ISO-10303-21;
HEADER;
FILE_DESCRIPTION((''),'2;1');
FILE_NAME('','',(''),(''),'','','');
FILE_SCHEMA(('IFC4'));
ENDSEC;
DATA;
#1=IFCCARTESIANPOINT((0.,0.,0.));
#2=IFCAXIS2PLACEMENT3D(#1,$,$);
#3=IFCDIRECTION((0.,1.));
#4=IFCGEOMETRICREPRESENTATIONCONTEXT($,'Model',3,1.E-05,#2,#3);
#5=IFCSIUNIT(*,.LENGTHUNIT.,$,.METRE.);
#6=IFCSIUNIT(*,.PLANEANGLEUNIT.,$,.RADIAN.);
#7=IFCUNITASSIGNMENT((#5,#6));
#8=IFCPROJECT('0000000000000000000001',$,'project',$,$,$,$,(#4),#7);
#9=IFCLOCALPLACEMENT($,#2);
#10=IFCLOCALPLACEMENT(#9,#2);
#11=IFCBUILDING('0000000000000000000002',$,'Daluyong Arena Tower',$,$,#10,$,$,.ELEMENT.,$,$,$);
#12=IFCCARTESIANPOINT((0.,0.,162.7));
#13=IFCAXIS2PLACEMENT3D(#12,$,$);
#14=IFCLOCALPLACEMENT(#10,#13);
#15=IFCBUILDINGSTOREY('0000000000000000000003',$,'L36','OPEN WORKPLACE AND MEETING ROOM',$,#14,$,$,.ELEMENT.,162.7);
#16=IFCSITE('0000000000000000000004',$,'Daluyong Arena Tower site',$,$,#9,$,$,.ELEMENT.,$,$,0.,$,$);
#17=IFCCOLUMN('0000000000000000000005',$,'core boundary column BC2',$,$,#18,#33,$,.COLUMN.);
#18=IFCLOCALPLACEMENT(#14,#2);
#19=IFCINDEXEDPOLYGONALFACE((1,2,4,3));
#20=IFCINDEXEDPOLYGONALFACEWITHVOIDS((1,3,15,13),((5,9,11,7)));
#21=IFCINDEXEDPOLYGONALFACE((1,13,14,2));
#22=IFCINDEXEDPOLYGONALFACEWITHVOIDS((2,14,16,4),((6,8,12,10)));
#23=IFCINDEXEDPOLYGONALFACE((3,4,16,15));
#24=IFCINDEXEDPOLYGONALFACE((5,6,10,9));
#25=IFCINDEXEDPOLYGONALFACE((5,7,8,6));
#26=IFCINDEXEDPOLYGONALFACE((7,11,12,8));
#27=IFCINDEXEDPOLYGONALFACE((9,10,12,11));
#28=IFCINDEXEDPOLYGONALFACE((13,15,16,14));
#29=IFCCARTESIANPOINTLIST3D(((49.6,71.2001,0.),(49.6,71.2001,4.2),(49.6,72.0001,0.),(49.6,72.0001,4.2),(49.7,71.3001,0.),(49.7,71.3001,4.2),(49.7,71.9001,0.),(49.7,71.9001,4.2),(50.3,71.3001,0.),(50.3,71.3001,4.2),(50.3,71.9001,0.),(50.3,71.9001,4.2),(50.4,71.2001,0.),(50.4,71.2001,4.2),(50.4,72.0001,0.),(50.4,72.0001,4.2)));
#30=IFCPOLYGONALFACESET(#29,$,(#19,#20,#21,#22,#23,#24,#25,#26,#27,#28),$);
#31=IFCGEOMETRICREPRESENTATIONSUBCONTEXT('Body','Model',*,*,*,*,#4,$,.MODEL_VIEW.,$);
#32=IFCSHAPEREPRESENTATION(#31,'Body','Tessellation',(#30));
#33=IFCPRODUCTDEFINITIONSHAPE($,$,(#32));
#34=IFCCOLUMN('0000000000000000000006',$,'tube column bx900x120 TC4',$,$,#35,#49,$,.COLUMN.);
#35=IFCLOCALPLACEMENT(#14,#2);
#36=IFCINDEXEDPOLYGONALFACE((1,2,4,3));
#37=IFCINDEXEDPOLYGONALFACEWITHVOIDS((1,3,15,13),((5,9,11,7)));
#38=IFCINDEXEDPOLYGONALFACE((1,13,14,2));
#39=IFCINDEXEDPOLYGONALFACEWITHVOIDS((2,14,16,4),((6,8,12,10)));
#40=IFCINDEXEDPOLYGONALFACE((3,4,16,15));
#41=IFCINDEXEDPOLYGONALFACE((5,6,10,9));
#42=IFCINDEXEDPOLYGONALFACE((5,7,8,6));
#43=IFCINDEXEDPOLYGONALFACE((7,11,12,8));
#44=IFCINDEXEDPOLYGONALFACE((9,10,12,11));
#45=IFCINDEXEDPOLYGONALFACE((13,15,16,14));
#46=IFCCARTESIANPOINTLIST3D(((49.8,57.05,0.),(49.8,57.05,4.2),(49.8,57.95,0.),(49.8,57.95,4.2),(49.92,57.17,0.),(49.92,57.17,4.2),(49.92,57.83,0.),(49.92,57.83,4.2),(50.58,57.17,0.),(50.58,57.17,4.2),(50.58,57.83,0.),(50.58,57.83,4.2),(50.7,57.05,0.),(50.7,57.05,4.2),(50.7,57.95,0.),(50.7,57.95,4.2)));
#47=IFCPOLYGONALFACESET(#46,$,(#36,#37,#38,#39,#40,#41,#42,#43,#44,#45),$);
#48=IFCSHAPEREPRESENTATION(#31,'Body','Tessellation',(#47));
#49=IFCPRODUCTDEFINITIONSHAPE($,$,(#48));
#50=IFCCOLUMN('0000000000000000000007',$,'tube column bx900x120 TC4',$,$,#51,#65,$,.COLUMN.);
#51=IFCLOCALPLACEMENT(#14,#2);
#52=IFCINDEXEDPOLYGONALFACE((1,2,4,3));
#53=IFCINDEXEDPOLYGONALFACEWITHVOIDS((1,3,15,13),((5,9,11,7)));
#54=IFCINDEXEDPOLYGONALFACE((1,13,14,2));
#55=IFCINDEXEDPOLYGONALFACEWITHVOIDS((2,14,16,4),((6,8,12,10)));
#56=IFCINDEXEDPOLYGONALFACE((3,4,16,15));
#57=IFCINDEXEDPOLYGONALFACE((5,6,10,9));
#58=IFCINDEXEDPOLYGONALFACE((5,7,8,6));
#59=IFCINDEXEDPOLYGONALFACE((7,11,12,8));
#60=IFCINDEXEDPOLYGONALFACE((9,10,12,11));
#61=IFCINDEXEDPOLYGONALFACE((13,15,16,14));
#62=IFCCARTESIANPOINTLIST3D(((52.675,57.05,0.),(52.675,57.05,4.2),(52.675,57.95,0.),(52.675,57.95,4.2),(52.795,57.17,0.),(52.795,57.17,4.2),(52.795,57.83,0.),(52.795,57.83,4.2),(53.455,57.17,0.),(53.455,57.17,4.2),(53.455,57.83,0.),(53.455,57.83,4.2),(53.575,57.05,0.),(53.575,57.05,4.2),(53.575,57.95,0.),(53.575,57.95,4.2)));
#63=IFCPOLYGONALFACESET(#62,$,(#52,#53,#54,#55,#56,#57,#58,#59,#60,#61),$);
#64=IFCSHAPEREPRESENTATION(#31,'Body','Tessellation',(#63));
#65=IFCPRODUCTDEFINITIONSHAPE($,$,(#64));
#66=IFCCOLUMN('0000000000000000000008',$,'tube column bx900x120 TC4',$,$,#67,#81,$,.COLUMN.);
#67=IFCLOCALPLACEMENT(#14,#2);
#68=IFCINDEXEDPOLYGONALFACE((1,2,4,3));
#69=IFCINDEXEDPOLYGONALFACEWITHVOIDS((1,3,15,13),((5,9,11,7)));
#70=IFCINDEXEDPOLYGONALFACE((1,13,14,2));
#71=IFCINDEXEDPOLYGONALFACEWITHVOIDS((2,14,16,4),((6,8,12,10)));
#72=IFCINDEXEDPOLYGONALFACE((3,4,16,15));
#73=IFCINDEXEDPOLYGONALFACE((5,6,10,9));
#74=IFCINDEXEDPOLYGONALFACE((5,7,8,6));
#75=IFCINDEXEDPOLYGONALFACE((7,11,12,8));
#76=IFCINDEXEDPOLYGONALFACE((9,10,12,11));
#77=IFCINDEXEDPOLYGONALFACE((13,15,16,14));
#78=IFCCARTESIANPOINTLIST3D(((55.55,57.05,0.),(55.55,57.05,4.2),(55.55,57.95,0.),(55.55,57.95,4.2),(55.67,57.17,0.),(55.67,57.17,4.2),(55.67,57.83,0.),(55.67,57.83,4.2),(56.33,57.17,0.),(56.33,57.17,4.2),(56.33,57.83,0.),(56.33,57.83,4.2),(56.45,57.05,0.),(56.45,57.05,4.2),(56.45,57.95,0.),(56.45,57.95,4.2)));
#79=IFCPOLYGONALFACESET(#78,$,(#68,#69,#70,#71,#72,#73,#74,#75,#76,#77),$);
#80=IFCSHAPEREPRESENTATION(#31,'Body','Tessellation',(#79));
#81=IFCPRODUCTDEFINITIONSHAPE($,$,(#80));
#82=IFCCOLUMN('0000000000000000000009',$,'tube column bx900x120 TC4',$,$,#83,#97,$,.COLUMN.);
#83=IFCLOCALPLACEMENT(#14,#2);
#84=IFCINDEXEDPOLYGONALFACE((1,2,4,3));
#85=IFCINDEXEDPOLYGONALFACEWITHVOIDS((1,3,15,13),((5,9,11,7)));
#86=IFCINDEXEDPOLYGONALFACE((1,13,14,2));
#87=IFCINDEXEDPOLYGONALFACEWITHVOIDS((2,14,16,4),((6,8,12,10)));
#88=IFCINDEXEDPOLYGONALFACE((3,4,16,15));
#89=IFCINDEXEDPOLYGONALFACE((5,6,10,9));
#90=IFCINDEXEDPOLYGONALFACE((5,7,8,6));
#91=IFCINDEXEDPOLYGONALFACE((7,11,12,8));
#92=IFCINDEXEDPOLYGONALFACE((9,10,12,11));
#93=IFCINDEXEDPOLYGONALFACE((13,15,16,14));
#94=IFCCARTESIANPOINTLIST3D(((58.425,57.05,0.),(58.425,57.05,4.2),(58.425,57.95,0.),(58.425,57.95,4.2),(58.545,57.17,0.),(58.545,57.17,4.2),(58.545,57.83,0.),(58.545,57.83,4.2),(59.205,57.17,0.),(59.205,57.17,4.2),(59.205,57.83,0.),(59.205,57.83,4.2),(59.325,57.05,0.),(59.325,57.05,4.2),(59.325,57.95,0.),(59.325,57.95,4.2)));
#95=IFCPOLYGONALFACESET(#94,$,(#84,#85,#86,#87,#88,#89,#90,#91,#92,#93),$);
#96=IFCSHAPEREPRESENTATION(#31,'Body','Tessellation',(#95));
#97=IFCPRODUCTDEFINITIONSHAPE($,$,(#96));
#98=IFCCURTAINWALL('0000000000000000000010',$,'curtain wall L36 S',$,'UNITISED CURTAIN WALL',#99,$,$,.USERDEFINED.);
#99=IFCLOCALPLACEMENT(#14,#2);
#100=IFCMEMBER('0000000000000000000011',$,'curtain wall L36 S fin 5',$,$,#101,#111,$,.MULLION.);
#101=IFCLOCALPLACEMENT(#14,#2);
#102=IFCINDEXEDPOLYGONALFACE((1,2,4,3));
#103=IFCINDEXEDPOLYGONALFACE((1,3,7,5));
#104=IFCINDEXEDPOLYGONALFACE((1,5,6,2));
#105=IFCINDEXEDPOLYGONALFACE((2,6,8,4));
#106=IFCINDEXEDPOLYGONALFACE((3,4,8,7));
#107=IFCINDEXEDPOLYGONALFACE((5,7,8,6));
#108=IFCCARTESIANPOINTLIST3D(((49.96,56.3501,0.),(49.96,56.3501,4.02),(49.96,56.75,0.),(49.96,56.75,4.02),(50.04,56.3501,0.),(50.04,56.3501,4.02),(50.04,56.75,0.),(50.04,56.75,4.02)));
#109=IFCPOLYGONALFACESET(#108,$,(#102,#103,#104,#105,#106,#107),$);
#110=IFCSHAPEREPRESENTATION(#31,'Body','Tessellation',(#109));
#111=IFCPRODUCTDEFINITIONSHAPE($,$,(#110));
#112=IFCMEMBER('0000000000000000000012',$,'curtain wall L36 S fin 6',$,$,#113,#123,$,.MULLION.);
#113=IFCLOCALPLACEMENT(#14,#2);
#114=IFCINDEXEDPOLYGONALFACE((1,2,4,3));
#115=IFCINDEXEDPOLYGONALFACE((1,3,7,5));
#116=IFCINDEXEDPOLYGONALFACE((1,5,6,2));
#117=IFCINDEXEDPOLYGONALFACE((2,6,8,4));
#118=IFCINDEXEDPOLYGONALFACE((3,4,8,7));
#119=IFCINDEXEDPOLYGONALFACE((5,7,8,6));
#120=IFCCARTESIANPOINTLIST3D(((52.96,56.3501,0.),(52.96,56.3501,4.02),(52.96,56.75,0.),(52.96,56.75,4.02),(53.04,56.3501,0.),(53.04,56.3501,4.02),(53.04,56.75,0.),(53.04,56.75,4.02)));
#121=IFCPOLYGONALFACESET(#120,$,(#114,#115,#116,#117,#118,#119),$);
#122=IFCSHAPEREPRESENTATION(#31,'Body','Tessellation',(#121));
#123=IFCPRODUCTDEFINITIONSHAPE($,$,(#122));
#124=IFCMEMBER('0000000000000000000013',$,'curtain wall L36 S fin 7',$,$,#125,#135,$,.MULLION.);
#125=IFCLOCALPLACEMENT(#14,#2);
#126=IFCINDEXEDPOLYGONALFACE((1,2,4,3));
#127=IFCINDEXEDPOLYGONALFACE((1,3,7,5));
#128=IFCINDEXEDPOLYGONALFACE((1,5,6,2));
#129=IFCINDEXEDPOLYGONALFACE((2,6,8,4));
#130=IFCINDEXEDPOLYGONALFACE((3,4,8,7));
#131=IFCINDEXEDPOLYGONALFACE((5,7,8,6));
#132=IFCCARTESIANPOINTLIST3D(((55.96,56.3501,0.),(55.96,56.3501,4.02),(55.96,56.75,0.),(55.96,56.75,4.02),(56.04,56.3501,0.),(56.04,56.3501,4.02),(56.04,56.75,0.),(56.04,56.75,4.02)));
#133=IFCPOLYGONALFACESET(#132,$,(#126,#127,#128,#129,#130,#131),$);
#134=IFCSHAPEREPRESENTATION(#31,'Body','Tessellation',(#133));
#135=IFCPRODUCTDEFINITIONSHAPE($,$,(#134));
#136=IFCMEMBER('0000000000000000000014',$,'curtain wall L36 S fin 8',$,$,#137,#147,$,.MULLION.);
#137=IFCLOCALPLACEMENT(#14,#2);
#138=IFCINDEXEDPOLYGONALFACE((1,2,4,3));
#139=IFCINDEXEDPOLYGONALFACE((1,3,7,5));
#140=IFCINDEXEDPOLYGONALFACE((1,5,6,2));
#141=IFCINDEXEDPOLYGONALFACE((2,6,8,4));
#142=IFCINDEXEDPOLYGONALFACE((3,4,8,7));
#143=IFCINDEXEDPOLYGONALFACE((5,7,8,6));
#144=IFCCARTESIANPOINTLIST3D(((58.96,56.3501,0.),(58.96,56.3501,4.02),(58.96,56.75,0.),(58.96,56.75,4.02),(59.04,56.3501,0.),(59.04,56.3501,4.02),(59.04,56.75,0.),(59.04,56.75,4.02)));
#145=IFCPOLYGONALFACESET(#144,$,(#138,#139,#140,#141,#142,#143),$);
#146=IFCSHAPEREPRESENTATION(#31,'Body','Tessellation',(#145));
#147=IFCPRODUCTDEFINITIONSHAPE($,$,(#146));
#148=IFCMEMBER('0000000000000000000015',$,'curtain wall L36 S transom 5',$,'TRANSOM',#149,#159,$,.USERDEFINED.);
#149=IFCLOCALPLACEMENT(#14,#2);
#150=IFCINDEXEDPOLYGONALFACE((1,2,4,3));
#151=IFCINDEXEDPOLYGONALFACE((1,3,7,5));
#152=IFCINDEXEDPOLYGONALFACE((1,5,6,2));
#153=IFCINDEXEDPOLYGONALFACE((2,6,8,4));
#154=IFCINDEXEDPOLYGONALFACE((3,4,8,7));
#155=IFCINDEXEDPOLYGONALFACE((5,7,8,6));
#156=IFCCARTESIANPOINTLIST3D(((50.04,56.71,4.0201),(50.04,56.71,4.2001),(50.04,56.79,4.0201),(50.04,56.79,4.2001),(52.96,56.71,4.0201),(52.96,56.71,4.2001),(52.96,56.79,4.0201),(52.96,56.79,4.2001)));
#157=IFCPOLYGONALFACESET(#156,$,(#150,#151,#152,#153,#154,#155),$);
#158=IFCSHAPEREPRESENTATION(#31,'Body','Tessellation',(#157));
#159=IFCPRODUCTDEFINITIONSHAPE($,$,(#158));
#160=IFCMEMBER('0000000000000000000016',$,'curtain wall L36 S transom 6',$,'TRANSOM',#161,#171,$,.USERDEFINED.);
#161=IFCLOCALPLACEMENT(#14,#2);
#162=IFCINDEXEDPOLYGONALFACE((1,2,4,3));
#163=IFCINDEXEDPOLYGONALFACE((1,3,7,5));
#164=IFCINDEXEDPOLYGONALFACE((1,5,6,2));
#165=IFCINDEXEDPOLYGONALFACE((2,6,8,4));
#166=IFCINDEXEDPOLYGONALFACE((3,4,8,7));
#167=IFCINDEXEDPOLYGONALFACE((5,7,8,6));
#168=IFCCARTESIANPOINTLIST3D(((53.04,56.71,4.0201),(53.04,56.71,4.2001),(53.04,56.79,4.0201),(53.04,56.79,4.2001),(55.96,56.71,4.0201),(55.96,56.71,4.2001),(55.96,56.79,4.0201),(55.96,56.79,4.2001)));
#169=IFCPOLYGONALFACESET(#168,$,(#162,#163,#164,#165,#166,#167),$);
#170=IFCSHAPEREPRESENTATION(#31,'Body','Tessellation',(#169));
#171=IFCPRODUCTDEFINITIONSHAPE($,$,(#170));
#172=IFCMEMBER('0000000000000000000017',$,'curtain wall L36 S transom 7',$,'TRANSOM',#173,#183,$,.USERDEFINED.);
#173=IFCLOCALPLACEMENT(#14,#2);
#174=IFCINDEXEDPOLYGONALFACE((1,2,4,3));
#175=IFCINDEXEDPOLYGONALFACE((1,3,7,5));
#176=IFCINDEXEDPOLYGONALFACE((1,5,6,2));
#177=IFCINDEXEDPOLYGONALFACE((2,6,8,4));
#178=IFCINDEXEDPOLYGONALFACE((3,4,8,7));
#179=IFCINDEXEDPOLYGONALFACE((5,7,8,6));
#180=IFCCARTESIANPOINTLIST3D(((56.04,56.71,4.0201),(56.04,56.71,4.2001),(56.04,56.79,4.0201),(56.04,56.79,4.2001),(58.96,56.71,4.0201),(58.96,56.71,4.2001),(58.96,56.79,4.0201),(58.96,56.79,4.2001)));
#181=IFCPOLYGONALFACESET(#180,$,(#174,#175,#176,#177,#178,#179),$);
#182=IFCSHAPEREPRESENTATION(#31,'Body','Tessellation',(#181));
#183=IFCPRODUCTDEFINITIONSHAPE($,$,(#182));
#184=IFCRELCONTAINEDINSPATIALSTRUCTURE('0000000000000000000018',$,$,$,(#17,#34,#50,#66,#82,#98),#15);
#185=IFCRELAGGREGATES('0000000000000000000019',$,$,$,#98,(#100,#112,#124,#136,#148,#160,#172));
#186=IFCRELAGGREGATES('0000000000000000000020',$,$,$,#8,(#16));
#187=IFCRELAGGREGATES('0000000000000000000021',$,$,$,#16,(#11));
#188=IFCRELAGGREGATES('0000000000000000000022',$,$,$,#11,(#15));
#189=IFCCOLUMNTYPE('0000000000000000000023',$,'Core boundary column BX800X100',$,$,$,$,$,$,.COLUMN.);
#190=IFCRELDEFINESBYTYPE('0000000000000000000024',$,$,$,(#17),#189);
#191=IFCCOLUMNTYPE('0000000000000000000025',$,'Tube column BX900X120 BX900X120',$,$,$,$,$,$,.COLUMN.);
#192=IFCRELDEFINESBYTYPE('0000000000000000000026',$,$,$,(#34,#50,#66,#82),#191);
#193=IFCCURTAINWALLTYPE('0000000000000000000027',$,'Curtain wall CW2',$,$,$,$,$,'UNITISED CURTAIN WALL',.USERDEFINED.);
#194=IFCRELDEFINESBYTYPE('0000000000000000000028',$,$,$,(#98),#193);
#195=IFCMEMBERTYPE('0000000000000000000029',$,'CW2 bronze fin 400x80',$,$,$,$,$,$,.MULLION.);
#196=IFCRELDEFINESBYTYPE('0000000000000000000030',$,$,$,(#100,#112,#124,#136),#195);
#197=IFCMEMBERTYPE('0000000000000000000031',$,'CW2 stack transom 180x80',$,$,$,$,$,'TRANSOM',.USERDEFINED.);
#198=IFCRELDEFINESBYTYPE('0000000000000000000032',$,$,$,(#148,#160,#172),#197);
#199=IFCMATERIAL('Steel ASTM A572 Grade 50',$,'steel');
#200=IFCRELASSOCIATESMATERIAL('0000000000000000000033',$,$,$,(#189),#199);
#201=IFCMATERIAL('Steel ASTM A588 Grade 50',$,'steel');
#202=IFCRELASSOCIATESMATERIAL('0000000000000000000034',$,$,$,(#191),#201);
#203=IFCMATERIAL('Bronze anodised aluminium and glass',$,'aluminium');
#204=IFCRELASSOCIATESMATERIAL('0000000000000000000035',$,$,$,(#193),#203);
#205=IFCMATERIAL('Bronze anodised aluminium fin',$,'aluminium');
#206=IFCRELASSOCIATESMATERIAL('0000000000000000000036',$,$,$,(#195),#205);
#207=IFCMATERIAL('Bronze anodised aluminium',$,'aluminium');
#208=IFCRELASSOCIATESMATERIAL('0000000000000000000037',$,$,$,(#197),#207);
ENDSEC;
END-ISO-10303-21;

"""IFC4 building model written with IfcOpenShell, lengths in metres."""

from ifc_helpers import new_model, si_unit, direction, frame, origin, origin_2d, place, context, subcontext, project, spatial, rectangle, hollow_rectangle, extrude, material, material_profile, profile_set, type_object, element, aggregate, save


model = new_model("IFC4")

# Units and contexts
model_context = context("Model", 3, precision=1e-05, world=origin(), true_north=direction((0.0, 1.0)))
body_context = subcontext(model_context, "Body", "Model", "MODEL_VIEW")
ifc_project = project(units=[si_unit("LENGTHUNIT", "METRE"), si_unit("PLANEANGLEUNIT", "RADIAN")], contexts=[model_context])

# Site, building, storey
site_placement = place(None, origin())
site = spatial("IfcSite", under=ifc_project, at=site_placement, Name="Daluyong Arena Tower site", CompositionType="ELEMENT", RefElevation=0.0)
building_placement = place(site_placement, origin())
building = spatial("IfcBuilding", under=site, at=building_placement, Name="Daluyong Arena Tower", CompositionType="ELEMENT")
storey_placement = place(building_placement, frame((0.0, 0.0, 162.7)))
storey = spatial("IfcBuildingStorey", under=building, at=storey_placement, Name="L36", Description="OPEN WORKPLACE AND MEETING ROOM", CompositionType="ELEMENT", Elevation=162.7)

# Columns
ifc_material_1 = material(Name="Steel ASTM A572 Grade 50", Category="steel")
ifc_material_profile_1 = material_profile(ifc_material_1, hollow_rectangle(XDim=0.8, YDim=0.8, WallThickness=0.1, at=origin_2d()))
ifc_profile_set_1 = profile_set([ifc_material_profile_1], Name="Steel ASTM A572 Grade 50")
column_type_1 = type_object("IfcColumnType", Name="Core boundary column BX800X100", PredefinedType="COLUMN", material=ifc_profile_set_1)
column_placement = place(storey_placement, frame((50.0, 71.6001, 0.0), z_axis=(0.0, 0.0, 1.0), x_axis=(1.0, 0.0, 0.0)))
element("IfcColumn", 1, at=column_placement, inside=storey, type_object=column_type_1, Name="core boundary column BC2", PredefinedType="COLUMN", context=body_context, shape_type="SweptSolid", body=[
    extrude(hollow_rectangle(XDim=0.8, YDim=0.8, WallThickness=0.1, at=origin_2d()), origin(), (0.0, 0.0, 1.0), 4.2),
])
ifc_material_2 = material(Name="Steel ASTM A588 Grade 50", Category="steel")
ifc_material_profile_2 = material_profile(ifc_material_2, hollow_rectangle(XDim=0.8999, YDim=0.8999, WallThickness=0.12, at=origin_2d()))
ifc_profile_set_2 = profile_set([ifc_material_profile_2], Name="Steel ASTM A588 Grade 50")
column_type_2 = type_object("IfcColumnType", Name="Tube column BX900X120 BX900X120", PredefinedType="COLUMN", material=ifc_profile_set_2)
for number, where, z_axis, x_axis, name in (
    (2, (50.25, 57.5, 0.0), (0.0, 0.0, 1.0), (1.0, 0.0, 0.0), "tube column bx900x120 TC4"),
    (3, (53.125, 57.5, 0.0), (0.0, 0.0, 1.0), (1.0, 0.0, 0.0), "tube column bx900x120 TC4"),
    (4, (56.0, 57.5, 0.0), (0.0, 0.0, 1.0), (1.0, 0.0, 0.0), "tube column bx900x120 TC4"),
    (5, (58.875, 57.5, 0.0), (0.0, 0.0, 1.0), (1.0, 0.0, 0.0), "tube column bx900x120 TC4"),
):
    element("IfcColumn", number, at=place(storey_placement, frame(where, z_axis=z_axis, x_axis=x_axis)), inside=storey, type_object=column_type_2, Name=name, PredefinedType="COLUMN", context=body_context, shape_type="SweptSolid", body=[
        extrude(hollow_rectangle(XDim=0.8999, YDim=0.8999, WallThickness=0.12, at=origin_2d()), origin(), (0.0, 0.0, 1.0), 4.2),
    ])

# Curtain wall, members
ifc_material_3 = material(Name="Bronze anodised aluminium and glass", Category="aluminium")
curtain_wall_type = type_object("IfcCurtainWallType", Name="Curtain wall CW2", ElementType="UNITISED CURTAIN WALL", PredefinedType="USERDEFINED", material=ifc_material_3)
curtain_wall_placement = place(storey_placement, origin())
curtain_wall = element("IfcCurtainWall", 6, at=curtain_wall_placement, inside=storey, type_object=curtain_wall_type, Name="curtain wall L36 S", ObjectType="UNITISED CURTAIN WALL", PredefinedType="USERDEFINED")
ifc_material_4 = material(Name="Bronze anodised aluminium fin", Category="aluminium")
ifc_material_profile_3 = material_profile(ifc_material_4, rectangle(XDim=0.3999, YDim=0.0801, at=origin_2d()))
ifc_profile_set_3 = profile_set([ifc_material_profile_3], Name="Bronze anodised aluminium fin")
member_type_1 = type_object("IfcMemberType", Name="CW2 bronze fin 400x80", PredefinedType="MULLION", material=ifc_profile_set_3)
member_1_placement = place(storey_placement, frame((50.0, 56.55, 0.0), z_axis=(0.0, 0.0, 1.0), x_axis=(0.0, 1.0, 0.0)))
member_1 = element("IfcMember", 7, at=member_1_placement, type_object=member_type_1, Name="curtain wall L36 S fin 5", PredefinedType="MULLION", context=body_context, shape_type="SweptSolid", body=[
    extrude(rectangle(XDim=0.3999, YDim=0.0801, at=origin_2d()), origin(), (0.0, 0.0, 1.0), 4.02),
])
member_2_placement = place(storey_placement, frame((53.0, 56.55, 0.0), z_axis=(0.0, 0.0, 1.0), x_axis=(0.0, 1.0, 0.0)))
member_2 = element("IfcMember", 8, at=member_2_placement, type_object=member_type_1, Name="curtain wall L36 S fin 6", PredefinedType="MULLION", context=body_context, shape_type="SweptSolid", body=[
    extrude(rectangle(XDim=0.3999, YDim=0.0801, at=origin_2d()), origin(), (0.0, 0.0, 1.0), 4.02),
])
member_3_placement = place(storey_placement, frame((56.0, 56.55, 0.0), z_axis=(0.0, 0.0, 1.0), x_axis=(0.0, 1.0, 0.0)))
member_3 = element("IfcMember", 9, at=member_3_placement, type_object=member_type_1, Name="curtain wall L36 S fin 7", PredefinedType="MULLION", context=body_context, shape_type="SweptSolid", body=[
    extrude(rectangle(XDim=0.3999, YDim=0.0801, at=origin_2d()), origin(), (0.0, 0.0, 1.0), 4.02),
])
member_4_placement = place(storey_placement, frame((59.0, 56.55, 0.0), z_axis=(0.0, 0.0, 1.0), x_axis=(0.0, 1.0, 0.0)))
member_4 = element("IfcMember", 10, at=member_4_placement, type_object=member_type_1, Name="curtain wall L36 S fin 8", PredefinedType="MULLION", context=body_context, shape_type="SweptSolid", body=[
    extrude(rectangle(XDim=0.3999, YDim=0.0801, at=origin_2d()), origin(), (0.0, 0.0, 1.0), 4.02),
])
ifc_material_5 = material(Name="Bronze anodised aluminium", Category="aluminium")
ifc_material_profile_4 = material_profile(ifc_material_5, rectangle(XDim=0.0801, YDim=0.1799, at=origin_2d()))
ifc_profile_set_4 = profile_set([ifc_material_profile_4], Name="Bronze anodised aluminium")
member_type_2 = type_object("IfcMemberType", Name="CW2 stack transom 180x80", ElementType="TRANSOM", PredefinedType="USERDEFINED", material=ifc_profile_set_4)
member_5_placement = place(storey_placement, frame((50.04, 56.75, 4.1101), z_axis=(1.0, 0.0, 0.0), x_axis=(0.0, 1.0, 0.0)))
member_5 = element("IfcMember", 11, at=member_5_placement, type_object=member_type_2, Name="curtain wall L36 S transom 5", ObjectType="TRANSOM", PredefinedType="USERDEFINED", context=body_context, shape_type="SweptSolid", body=[
    extrude(rectangle(XDim=0.0801, YDim=0.1799, at=origin_2d()), origin(), (0.0, 0.0, 1.0), 2.9199),
])
member_6_placement = place(storey_placement, frame((53.04, 56.75, 4.1101), z_axis=(1.0, 0.0, 0.0), x_axis=(0.0, 1.0, 0.0)))
member_6 = element("IfcMember", 12, at=member_6_placement, type_object=member_type_2, Name="curtain wall L36 S transom 6", ObjectType="TRANSOM", PredefinedType="USERDEFINED", context=body_context, shape_type="SweptSolid", body=[
    extrude(rectangle(XDim=0.0801, YDim=0.1799, at=origin_2d()), origin(), (0.0, 0.0, 1.0), 2.9199),
])
member_7_placement = place(storey_placement, frame((56.04, 56.75, 4.1101), z_axis=(1.0, 0.0, 0.0), x_axis=(0.0, 1.0, 0.0)))
member_7 = element("IfcMember", 13, at=member_7_placement, type_object=member_type_2, Name="curtain wall L36 S transom 7", ObjectType="TRANSOM", PredefinedType="USERDEFINED", context=body_context, shape_type="SweptSolid", body=[
    extrude(rectangle(XDim=0.0801, YDim=0.1799, at=origin_2d()), origin(), (0.0, 0.0, 1.0), 2.9199),
])

aggregate(curtain_wall, [member_1, member_2, member_3, member_4, member_5, member_6, member_7])

save(model, "model.ifc")
